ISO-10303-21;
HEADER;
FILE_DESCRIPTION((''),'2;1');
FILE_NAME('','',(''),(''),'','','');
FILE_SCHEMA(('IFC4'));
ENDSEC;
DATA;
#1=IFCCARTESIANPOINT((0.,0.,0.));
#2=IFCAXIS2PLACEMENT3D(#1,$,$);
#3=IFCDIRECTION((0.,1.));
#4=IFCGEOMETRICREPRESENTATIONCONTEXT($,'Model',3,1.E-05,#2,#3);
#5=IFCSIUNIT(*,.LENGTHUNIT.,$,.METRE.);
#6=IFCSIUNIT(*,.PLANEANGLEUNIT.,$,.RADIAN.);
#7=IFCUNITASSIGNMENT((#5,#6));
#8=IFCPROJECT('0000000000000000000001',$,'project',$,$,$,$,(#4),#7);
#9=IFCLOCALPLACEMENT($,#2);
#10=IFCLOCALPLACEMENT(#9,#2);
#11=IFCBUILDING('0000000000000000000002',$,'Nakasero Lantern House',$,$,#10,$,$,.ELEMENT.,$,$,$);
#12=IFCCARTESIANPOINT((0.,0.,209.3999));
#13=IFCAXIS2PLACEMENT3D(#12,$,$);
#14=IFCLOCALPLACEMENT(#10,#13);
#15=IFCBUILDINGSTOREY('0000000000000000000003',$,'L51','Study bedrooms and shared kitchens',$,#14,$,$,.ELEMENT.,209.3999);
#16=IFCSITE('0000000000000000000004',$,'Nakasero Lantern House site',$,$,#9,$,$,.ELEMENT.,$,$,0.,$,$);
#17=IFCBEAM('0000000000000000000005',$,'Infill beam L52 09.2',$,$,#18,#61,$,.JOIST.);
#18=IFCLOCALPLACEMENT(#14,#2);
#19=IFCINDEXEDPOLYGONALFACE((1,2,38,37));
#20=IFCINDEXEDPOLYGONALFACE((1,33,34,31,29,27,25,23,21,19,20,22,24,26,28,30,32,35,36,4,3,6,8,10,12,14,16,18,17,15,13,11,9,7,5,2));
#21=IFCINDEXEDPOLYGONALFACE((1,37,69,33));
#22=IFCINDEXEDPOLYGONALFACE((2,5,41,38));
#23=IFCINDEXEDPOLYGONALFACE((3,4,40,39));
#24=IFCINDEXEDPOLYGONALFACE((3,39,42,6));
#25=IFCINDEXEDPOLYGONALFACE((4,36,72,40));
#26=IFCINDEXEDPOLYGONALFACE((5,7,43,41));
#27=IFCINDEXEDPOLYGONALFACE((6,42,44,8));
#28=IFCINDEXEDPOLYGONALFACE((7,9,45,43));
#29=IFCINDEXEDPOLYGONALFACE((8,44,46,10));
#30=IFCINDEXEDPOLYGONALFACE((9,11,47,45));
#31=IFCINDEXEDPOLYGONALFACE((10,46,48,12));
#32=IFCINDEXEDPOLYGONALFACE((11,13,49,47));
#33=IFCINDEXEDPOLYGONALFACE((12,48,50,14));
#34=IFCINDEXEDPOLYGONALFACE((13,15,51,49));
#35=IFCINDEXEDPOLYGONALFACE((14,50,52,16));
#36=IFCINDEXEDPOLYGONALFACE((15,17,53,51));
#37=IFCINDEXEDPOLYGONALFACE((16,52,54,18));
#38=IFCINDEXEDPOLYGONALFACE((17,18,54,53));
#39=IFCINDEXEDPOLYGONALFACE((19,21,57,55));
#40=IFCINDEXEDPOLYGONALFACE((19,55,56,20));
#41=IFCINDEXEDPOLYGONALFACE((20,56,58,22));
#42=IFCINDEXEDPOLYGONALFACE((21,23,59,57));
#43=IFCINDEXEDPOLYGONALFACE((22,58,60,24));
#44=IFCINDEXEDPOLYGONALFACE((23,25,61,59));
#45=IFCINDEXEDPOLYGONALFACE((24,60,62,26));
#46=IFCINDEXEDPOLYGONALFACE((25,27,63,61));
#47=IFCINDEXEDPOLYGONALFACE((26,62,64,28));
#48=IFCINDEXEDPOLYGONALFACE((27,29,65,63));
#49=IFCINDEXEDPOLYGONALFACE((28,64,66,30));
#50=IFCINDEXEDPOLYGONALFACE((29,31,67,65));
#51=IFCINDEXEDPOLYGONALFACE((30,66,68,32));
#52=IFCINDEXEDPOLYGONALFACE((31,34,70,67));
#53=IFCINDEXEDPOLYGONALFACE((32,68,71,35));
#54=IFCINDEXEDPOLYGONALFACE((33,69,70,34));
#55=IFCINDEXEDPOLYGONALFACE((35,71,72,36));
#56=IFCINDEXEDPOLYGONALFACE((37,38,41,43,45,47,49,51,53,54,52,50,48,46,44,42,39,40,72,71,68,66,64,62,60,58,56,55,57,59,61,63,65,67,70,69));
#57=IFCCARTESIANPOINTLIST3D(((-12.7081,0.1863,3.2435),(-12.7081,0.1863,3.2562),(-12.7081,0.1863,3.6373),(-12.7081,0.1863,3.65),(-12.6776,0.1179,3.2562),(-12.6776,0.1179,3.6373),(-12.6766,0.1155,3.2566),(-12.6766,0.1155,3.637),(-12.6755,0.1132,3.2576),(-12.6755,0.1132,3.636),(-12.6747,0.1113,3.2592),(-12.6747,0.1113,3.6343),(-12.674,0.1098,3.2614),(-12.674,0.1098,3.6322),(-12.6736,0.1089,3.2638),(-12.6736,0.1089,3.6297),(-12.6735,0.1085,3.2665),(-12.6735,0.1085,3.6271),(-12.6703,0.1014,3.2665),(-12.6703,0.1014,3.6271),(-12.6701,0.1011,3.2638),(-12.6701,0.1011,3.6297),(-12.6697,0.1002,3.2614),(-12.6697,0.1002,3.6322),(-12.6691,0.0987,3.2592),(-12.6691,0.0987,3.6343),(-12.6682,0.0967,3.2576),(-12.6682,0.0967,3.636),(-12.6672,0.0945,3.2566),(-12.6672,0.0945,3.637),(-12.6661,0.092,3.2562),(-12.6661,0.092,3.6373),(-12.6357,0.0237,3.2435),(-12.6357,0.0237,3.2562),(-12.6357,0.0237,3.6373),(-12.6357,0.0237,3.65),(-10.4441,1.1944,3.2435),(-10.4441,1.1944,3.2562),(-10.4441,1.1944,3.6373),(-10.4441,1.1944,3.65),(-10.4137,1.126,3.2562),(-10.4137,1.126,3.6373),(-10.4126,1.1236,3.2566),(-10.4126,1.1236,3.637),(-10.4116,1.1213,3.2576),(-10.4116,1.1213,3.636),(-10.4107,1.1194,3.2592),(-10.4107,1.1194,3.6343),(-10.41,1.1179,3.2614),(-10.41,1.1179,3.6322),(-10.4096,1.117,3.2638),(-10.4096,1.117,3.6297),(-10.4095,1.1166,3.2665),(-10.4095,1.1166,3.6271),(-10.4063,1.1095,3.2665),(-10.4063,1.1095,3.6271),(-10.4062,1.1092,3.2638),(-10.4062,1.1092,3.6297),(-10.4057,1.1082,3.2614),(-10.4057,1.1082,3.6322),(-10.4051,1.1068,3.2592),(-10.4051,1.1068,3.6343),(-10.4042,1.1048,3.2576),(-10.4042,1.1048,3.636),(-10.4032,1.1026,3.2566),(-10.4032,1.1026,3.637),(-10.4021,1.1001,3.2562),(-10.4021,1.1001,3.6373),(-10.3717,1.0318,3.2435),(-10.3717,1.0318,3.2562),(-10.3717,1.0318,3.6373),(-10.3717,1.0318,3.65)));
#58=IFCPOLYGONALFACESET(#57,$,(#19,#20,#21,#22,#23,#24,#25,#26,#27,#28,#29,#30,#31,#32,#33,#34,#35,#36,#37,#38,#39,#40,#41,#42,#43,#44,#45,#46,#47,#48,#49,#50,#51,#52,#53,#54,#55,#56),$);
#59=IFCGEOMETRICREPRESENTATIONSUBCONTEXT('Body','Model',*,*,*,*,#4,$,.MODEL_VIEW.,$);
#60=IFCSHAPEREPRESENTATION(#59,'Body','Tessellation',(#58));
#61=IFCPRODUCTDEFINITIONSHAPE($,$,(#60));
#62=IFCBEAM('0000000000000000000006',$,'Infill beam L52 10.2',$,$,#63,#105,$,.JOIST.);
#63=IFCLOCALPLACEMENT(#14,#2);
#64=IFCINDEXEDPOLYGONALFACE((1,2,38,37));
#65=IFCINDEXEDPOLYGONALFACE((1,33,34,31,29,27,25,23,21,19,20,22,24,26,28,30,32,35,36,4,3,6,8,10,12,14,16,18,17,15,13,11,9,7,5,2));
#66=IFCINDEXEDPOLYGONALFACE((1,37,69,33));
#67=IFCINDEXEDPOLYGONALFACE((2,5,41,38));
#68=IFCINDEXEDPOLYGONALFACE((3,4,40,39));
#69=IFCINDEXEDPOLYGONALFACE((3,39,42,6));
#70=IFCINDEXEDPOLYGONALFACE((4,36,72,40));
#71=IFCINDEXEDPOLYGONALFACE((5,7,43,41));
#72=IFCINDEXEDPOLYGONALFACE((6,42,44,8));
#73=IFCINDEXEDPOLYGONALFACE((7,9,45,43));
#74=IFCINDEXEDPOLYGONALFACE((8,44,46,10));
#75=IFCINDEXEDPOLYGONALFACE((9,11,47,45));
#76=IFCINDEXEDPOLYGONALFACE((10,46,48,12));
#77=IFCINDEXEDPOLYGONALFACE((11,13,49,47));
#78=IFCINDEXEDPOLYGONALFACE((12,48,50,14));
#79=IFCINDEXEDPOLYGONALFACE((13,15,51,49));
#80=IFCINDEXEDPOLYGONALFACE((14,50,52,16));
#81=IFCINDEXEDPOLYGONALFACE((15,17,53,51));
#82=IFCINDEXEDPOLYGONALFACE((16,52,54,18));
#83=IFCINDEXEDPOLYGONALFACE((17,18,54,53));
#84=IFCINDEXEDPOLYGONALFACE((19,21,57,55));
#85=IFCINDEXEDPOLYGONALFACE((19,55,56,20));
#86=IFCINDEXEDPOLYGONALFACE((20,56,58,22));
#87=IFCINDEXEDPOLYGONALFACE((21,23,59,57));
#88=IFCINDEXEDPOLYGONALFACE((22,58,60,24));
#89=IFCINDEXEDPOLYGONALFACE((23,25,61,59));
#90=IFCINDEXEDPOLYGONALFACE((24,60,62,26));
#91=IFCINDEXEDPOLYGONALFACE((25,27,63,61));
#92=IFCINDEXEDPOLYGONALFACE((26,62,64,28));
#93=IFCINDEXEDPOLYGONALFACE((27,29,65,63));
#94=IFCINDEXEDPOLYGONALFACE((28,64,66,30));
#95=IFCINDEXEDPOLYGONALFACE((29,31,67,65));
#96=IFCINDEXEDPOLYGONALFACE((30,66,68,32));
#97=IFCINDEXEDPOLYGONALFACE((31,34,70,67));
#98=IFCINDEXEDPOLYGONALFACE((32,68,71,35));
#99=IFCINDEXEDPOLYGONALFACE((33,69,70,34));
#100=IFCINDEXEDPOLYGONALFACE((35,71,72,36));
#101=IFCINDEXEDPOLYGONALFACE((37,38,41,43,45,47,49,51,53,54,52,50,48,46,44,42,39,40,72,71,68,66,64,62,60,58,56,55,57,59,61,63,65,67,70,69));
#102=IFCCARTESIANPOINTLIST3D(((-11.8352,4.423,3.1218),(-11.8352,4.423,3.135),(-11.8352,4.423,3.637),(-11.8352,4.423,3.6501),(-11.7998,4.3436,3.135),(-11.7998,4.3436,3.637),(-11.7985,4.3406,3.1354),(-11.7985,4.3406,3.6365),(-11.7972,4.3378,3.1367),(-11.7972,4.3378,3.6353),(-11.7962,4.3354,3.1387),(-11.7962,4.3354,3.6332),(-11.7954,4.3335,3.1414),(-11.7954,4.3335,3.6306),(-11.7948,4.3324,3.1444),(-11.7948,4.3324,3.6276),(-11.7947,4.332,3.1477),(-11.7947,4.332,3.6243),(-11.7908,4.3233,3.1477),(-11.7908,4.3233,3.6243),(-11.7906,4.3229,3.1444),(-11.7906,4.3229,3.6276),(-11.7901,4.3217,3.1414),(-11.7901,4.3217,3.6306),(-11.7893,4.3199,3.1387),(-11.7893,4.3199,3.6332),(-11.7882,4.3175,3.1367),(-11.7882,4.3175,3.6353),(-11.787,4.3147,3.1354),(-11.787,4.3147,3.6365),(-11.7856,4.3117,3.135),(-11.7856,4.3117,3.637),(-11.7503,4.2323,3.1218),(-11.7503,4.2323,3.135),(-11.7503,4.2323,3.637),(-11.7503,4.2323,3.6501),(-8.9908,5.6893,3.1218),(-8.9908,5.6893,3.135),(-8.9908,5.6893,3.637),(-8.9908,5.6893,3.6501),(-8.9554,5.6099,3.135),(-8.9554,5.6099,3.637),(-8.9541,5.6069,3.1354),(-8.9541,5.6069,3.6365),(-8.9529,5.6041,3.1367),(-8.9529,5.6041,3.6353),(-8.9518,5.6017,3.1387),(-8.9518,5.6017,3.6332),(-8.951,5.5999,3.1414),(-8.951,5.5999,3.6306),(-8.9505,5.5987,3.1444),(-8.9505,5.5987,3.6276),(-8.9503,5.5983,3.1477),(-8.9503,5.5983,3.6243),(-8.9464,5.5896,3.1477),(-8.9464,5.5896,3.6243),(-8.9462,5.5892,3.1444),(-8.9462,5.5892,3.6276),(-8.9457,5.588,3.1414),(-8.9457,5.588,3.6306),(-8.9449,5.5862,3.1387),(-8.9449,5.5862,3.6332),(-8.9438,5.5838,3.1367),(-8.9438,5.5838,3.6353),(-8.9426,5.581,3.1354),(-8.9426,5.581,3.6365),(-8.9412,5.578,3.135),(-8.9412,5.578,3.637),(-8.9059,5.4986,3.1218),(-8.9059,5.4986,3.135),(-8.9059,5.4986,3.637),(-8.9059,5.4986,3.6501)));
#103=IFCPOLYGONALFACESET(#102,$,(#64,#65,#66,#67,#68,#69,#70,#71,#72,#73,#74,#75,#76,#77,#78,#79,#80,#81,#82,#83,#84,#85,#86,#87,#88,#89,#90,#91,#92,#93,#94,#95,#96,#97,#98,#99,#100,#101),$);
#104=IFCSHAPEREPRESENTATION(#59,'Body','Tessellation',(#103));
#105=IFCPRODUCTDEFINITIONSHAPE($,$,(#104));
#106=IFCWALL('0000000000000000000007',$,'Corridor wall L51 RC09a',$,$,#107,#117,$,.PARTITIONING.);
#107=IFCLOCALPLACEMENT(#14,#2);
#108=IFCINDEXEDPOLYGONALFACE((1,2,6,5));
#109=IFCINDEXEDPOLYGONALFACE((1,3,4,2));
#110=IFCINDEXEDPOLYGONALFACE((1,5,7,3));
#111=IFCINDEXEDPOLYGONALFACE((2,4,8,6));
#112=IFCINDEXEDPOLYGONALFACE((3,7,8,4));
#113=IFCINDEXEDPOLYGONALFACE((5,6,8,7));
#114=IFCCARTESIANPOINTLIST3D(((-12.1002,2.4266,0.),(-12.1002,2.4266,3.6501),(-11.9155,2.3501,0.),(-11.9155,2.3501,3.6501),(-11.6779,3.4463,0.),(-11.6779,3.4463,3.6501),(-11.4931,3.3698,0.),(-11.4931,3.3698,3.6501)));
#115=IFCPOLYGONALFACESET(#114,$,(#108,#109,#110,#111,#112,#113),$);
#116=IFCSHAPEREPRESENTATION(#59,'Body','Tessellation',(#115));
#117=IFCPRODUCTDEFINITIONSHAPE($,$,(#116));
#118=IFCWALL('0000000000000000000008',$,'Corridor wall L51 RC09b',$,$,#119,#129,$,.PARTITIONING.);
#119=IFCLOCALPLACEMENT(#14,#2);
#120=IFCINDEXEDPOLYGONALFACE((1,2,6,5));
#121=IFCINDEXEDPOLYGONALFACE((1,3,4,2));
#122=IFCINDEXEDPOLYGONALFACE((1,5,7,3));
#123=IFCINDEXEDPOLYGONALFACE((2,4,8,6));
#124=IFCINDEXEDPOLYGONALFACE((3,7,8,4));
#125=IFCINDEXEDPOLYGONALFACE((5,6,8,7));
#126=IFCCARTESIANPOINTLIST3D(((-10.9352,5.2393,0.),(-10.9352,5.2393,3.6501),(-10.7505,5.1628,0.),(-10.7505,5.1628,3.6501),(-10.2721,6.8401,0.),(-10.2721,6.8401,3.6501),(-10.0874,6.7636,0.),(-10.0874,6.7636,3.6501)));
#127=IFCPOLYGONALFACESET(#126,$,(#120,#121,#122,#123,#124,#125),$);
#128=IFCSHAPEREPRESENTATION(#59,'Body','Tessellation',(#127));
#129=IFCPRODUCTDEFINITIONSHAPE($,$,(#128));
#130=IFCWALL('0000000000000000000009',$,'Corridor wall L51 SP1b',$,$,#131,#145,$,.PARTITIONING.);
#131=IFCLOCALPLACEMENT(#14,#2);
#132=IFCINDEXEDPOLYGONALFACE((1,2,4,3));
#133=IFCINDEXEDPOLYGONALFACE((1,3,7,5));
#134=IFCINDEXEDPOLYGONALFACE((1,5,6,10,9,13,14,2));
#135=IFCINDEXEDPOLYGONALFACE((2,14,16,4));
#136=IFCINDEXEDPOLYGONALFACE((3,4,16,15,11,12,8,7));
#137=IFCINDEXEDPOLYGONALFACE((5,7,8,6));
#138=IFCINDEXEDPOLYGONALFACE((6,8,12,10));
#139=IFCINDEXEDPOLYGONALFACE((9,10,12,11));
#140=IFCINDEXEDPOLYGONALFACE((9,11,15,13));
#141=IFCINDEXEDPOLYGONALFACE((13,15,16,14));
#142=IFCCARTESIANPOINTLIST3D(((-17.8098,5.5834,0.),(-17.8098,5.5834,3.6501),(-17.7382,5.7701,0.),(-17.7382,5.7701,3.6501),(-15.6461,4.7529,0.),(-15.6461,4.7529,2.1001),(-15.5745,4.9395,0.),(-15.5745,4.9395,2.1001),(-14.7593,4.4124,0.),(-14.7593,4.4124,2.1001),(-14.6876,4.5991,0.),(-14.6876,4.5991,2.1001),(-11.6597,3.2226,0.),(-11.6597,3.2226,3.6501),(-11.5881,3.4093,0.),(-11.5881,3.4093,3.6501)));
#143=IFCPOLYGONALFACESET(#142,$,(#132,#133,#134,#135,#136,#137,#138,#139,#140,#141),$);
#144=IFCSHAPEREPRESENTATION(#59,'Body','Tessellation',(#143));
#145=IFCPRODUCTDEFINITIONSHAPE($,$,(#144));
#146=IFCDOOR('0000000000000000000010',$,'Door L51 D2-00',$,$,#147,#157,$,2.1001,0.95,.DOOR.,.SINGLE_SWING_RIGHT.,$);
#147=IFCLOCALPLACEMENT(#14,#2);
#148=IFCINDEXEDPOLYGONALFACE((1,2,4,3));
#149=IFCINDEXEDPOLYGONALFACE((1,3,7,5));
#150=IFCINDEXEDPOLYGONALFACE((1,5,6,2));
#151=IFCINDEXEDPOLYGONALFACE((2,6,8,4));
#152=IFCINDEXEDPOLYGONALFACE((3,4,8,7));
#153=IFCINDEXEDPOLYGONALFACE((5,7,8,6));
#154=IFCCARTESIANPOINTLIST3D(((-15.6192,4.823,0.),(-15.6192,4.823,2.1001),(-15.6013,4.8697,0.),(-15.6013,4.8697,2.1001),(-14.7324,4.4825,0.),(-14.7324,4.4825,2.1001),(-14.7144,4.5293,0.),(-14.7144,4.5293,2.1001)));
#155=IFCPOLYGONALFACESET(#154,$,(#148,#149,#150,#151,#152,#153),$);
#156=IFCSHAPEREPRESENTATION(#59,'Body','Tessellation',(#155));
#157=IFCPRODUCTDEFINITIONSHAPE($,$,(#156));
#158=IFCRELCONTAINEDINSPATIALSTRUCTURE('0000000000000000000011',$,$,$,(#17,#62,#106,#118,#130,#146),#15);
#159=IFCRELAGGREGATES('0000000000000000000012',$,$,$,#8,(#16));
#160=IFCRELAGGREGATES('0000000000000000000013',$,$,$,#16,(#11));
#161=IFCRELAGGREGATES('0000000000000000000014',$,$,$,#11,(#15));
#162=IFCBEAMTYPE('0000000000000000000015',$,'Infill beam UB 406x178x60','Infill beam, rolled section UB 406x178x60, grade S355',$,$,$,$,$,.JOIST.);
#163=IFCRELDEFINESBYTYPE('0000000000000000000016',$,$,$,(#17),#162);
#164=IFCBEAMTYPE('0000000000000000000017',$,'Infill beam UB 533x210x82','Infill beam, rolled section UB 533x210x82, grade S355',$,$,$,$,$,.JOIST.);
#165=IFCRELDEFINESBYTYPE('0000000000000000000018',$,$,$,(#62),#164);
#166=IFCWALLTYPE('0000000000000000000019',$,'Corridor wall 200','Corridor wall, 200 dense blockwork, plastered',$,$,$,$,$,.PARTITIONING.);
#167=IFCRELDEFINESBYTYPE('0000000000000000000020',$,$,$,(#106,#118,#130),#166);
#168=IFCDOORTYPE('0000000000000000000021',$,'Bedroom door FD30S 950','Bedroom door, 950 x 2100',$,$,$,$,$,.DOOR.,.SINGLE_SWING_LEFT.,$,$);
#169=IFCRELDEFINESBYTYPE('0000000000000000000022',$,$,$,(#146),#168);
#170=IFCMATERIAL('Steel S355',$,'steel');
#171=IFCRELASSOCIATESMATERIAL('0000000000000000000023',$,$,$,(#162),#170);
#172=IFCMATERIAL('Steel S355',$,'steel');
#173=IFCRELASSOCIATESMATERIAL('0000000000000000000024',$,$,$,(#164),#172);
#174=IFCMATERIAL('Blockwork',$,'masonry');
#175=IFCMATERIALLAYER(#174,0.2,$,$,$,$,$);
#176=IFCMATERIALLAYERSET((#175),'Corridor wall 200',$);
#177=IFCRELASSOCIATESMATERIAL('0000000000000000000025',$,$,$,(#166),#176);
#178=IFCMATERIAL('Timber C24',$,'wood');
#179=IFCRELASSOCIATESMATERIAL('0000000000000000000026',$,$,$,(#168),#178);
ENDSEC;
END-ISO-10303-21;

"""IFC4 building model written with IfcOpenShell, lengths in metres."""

from ifc_helpers import new_model, si_unit, direction, frame, frame_2d, origin, origin_2d, place, context, subcontext, project, spatial, rectangle, i_section, extrude, material, layer, layer_set, material_profile, profile_set, type_object, element, fill, save


model = new_model("IFC4")

# Units and contexts
model_context = context("Model", 3, precision=1e-05, world=origin(), true_north=direction((0.0, 1.0)))
body_context = subcontext(model_context, "Body", "Model", "MODEL_VIEW")
ifc_project = project(units=[si_unit("LENGTHUNIT", "METRE"), si_unit("PLANEANGLEUNIT", "RADIAN")], contexts=[model_context])

# Site, building, storey
site_placement = place(None, origin())
site = spatial("IfcSite", under=ifc_project, at=site_placement, Name="Nakasero Lantern House site", CompositionType="ELEMENT", RefElevation=0.0)
building_placement = place(site_placement, origin())
building = spatial("IfcBuilding", under=site, at=building_placement, Name="Nakasero Lantern House", CompositionType="ELEMENT")
storey_placement = place(building_placement, frame((0.0, 0.0, 209.3999)))
storey = spatial("IfcBuildingStorey", under=building, at=storey_placement, Name="L51", Description="Study bedrooms and shared kitchens", CompositionType="ELEMENT", Elevation=209.3999)

# Beams
ifc_material_1 = material(Name="Steel S355", Category="steel")
ifc_material_profile_1 = material_profile(ifc_material_1, i_section(OverallWidth=0.178, OverallDepth=0.4065, WebThickness=0.0078, FlangeThickness=0.0127, FilletRadius=0.0103, at=origin_2d()), Name="UB 406x178x60")
ifc_profile_set_1 = profile_set([ifc_material_profile_1], Name="Steel S355")
beam_type_1 = type_object("IfcBeamType", Name="Infill beam UB 406x178x60", Description="Infill beam, rolled section UB 406x178x60, grade S355", PredefinedType="JOIST", material=ifc_profile_set_1)
beam_1_placement = place(storey_placement, frame((-12.6719, 0.105, 3.4468), z_axis=(0.913531, 0.406769, 0.0), x_axis=(-0.406769, 0.913531, 0.0)))
element("IfcBeam", 1, at=beam_1_placement, inside=storey, type_object=beam_type_1, Name="Infill beam L52 09.2", PredefinedType="JOIST", context=body_context, shape_type="SweptSolid", body=[
    extrude(i_section(OverallWidth=0.178, OverallDepth=0.4065, WebThickness=0.0078, FlangeThickness=0.0127, FilletRadius=0.0103, at=origin_2d()), origin(), (0.0, 0.0, 1.0), 2.4783),
])
ifc_material_2 = material(Name="Steel S355", Category="steel")
ifc_material_profile_2 = material_profile(ifc_material_2, i_section(OverallWidth=0.2087, OverallDepth=0.5283, WebThickness=0.0095, FlangeThickness=0.0132, FilletRadius=0.0127, at=origin_2d()), Name="UB 533x210x82")
ifc_profile_set_2 = profile_set([ifc_material_profile_2], Name="Steel S355")
beam_type_2 = type_object("IfcBeamType", Name="Infill beam UB 533x210x82", Description="Infill beam, rolled section UB 533x210x82, grade S355", PredefinedType="JOIST", material=ifc_profile_set_2)
beam_2_placement = place(storey_placement, frame((-11.7927, 4.3276, 3.386), z_axis=(0.913556, 0.406713, 0.0), x_axis=(-0.406713, 0.913556, 0.0)))
element("IfcBeam", 2, at=beam_2_placement, inside=storey, type_object=beam_type_2, Name="Infill beam L52 10.2", PredefinedType="JOIST", context=body_context, shape_type="SweptSolid", body=[
    extrude(i_section(OverallWidth=0.2087, OverallDepth=0.5283, WebThickness=0.0095, FlangeThickness=0.0132, FilletRadius=0.0127, at=origin_2d()), origin(), (0.0, 0.0, 1.0), 3.1135),
])

# Walls
ifc_material_3 = material(Name="Blockwork", Category="masonry")
ifc_layer_1 = layer(ifc_material_3, 0.2)
ifc_layer_set_1 = layer_set([ifc_layer_1], Name="Corridor wall 200")
wall_type_1 = type_object("IfcWallType", Name="Corridor wall 200", Description="Corridor wall, 200 dense blockwork, plastered", PredefinedType="PARTITIONING", material=ifc_layer_set_1)
wall_1_placement = place(storey_placement, frame((-12.0078, 2.3884, 0.0), z_axis=(0.0, 0.0, 1.0), x_axis=(0.382651, 0.923893, 0.0)))
element("IfcWall", 3, at=wall_1_placement, inside=storey, type_object=wall_type_1, Name="Corridor wall L51 RC09a", PredefinedType="PARTITIONING", context=body_context, shape_type="SweptSolid", body=[
    extrude(rectangle(XDim=1.1038, YDim=0.2, at=frame_2d((0.5518, 0.0))), origin(), (0.0, 0.0, 1.0), 3.6501),
])
wall_2_placement = place(storey_placement, frame((-10.8428, 5.2012, 0.0), z_axis=(0.0, 0.0, 1.0), x_axis=(0.382684, 0.923879, 0.0)))
element("IfcWall", 4, at=wall_2_placement, inside=storey, type_object=wall_type_1, Name="Corridor wall L51 RC09b", PredefinedType="PARTITIONING", context=body_context, shape_type="SweptSolid", body=[
    extrude(rectangle(XDim=1.7327, YDim=0.2, at=frame_2d((0.8662, 0.0))), origin(), (0.0, 0.0, 1.0), 3.6501),
])

# Wall, opening, door
wall_3_placement = place(storey_placement, frame((-11.6238, 3.3159, 0.0), z_axis=(0.0, 0.0, 1.0), x_axis=(-0.933579, 0.358371, 0.0)))
wall_3 = element("IfcWall", 5, at=wall_3_placement, inside=storey, type_object=wall_type_1, Name="Corridor wall L51 SP1b", PredefinedType="PARTITIONING", context=body_context, shape_type="SweptSolid", body=[
    extrude(rectangle(XDim=6.5876, YDim=0.2, at=frame_2d((3.2939, 0.0))), origin(), (0.0, 0.0, 1.0), 3.6501),
])
opening_1_placement = place(wall_3_placement, frame((3.3201, 0.0, 0.0)))
opening_1 = element("IfcOpeningElement", 6, at=opening_1_placement, cuts=wall_3, PredefinedType="OPENING", context=body_context, shape_type="SweptSolid", body=[
    extrude(rectangle(XDim=0.95, YDim=2.1001, at=frame_2d((0.4751, 1.05))), frame((0.0, 0.1199, 0.0), z_axis=(0.0, -1.0, 0.0), x_axis=(1.0, 0.0, 0.0)), (0.0, 0.0, 1.0), 0.24),
])
ifc_material_4 = material(Name="Timber C24", Category="wood")
door_type_1 = type_object("IfcDoorType", Name="Bedroom door FD30S 950", Description="Bedroom door, 950 x 2100", OperationType="SINGLE_SWING_LEFT", PredefinedType="DOOR", material=ifc_material_4)
door_1_placement = place(opening_1_placement, origin())
door_1 = element("IfcDoor", 7, at=door_1_placement, inside=storey, type_object=door_type_1, Name="Door L51 D2-00", OperationType="SINGLE_SWING_RIGHT", OverallHeight=2.1001, OverallWidth=0.95, PredefinedType="DOOR", context=body_context, shape_type="SweptSolid", body=[
    extrude(rectangle(XDim=0.95, YDim=2.1001, at=frame_2d((0.4751, 1.05))), frame((0.0, 0.0249, 0.0), z_axis=(0.0, -1.0, 0.0), x_axis=(1.0, 0.0, 0.0)), (0.0, 0.0, 1.0), 0.05),
])
fill(opening_1, door_1)

save(model, "model.ifc")
